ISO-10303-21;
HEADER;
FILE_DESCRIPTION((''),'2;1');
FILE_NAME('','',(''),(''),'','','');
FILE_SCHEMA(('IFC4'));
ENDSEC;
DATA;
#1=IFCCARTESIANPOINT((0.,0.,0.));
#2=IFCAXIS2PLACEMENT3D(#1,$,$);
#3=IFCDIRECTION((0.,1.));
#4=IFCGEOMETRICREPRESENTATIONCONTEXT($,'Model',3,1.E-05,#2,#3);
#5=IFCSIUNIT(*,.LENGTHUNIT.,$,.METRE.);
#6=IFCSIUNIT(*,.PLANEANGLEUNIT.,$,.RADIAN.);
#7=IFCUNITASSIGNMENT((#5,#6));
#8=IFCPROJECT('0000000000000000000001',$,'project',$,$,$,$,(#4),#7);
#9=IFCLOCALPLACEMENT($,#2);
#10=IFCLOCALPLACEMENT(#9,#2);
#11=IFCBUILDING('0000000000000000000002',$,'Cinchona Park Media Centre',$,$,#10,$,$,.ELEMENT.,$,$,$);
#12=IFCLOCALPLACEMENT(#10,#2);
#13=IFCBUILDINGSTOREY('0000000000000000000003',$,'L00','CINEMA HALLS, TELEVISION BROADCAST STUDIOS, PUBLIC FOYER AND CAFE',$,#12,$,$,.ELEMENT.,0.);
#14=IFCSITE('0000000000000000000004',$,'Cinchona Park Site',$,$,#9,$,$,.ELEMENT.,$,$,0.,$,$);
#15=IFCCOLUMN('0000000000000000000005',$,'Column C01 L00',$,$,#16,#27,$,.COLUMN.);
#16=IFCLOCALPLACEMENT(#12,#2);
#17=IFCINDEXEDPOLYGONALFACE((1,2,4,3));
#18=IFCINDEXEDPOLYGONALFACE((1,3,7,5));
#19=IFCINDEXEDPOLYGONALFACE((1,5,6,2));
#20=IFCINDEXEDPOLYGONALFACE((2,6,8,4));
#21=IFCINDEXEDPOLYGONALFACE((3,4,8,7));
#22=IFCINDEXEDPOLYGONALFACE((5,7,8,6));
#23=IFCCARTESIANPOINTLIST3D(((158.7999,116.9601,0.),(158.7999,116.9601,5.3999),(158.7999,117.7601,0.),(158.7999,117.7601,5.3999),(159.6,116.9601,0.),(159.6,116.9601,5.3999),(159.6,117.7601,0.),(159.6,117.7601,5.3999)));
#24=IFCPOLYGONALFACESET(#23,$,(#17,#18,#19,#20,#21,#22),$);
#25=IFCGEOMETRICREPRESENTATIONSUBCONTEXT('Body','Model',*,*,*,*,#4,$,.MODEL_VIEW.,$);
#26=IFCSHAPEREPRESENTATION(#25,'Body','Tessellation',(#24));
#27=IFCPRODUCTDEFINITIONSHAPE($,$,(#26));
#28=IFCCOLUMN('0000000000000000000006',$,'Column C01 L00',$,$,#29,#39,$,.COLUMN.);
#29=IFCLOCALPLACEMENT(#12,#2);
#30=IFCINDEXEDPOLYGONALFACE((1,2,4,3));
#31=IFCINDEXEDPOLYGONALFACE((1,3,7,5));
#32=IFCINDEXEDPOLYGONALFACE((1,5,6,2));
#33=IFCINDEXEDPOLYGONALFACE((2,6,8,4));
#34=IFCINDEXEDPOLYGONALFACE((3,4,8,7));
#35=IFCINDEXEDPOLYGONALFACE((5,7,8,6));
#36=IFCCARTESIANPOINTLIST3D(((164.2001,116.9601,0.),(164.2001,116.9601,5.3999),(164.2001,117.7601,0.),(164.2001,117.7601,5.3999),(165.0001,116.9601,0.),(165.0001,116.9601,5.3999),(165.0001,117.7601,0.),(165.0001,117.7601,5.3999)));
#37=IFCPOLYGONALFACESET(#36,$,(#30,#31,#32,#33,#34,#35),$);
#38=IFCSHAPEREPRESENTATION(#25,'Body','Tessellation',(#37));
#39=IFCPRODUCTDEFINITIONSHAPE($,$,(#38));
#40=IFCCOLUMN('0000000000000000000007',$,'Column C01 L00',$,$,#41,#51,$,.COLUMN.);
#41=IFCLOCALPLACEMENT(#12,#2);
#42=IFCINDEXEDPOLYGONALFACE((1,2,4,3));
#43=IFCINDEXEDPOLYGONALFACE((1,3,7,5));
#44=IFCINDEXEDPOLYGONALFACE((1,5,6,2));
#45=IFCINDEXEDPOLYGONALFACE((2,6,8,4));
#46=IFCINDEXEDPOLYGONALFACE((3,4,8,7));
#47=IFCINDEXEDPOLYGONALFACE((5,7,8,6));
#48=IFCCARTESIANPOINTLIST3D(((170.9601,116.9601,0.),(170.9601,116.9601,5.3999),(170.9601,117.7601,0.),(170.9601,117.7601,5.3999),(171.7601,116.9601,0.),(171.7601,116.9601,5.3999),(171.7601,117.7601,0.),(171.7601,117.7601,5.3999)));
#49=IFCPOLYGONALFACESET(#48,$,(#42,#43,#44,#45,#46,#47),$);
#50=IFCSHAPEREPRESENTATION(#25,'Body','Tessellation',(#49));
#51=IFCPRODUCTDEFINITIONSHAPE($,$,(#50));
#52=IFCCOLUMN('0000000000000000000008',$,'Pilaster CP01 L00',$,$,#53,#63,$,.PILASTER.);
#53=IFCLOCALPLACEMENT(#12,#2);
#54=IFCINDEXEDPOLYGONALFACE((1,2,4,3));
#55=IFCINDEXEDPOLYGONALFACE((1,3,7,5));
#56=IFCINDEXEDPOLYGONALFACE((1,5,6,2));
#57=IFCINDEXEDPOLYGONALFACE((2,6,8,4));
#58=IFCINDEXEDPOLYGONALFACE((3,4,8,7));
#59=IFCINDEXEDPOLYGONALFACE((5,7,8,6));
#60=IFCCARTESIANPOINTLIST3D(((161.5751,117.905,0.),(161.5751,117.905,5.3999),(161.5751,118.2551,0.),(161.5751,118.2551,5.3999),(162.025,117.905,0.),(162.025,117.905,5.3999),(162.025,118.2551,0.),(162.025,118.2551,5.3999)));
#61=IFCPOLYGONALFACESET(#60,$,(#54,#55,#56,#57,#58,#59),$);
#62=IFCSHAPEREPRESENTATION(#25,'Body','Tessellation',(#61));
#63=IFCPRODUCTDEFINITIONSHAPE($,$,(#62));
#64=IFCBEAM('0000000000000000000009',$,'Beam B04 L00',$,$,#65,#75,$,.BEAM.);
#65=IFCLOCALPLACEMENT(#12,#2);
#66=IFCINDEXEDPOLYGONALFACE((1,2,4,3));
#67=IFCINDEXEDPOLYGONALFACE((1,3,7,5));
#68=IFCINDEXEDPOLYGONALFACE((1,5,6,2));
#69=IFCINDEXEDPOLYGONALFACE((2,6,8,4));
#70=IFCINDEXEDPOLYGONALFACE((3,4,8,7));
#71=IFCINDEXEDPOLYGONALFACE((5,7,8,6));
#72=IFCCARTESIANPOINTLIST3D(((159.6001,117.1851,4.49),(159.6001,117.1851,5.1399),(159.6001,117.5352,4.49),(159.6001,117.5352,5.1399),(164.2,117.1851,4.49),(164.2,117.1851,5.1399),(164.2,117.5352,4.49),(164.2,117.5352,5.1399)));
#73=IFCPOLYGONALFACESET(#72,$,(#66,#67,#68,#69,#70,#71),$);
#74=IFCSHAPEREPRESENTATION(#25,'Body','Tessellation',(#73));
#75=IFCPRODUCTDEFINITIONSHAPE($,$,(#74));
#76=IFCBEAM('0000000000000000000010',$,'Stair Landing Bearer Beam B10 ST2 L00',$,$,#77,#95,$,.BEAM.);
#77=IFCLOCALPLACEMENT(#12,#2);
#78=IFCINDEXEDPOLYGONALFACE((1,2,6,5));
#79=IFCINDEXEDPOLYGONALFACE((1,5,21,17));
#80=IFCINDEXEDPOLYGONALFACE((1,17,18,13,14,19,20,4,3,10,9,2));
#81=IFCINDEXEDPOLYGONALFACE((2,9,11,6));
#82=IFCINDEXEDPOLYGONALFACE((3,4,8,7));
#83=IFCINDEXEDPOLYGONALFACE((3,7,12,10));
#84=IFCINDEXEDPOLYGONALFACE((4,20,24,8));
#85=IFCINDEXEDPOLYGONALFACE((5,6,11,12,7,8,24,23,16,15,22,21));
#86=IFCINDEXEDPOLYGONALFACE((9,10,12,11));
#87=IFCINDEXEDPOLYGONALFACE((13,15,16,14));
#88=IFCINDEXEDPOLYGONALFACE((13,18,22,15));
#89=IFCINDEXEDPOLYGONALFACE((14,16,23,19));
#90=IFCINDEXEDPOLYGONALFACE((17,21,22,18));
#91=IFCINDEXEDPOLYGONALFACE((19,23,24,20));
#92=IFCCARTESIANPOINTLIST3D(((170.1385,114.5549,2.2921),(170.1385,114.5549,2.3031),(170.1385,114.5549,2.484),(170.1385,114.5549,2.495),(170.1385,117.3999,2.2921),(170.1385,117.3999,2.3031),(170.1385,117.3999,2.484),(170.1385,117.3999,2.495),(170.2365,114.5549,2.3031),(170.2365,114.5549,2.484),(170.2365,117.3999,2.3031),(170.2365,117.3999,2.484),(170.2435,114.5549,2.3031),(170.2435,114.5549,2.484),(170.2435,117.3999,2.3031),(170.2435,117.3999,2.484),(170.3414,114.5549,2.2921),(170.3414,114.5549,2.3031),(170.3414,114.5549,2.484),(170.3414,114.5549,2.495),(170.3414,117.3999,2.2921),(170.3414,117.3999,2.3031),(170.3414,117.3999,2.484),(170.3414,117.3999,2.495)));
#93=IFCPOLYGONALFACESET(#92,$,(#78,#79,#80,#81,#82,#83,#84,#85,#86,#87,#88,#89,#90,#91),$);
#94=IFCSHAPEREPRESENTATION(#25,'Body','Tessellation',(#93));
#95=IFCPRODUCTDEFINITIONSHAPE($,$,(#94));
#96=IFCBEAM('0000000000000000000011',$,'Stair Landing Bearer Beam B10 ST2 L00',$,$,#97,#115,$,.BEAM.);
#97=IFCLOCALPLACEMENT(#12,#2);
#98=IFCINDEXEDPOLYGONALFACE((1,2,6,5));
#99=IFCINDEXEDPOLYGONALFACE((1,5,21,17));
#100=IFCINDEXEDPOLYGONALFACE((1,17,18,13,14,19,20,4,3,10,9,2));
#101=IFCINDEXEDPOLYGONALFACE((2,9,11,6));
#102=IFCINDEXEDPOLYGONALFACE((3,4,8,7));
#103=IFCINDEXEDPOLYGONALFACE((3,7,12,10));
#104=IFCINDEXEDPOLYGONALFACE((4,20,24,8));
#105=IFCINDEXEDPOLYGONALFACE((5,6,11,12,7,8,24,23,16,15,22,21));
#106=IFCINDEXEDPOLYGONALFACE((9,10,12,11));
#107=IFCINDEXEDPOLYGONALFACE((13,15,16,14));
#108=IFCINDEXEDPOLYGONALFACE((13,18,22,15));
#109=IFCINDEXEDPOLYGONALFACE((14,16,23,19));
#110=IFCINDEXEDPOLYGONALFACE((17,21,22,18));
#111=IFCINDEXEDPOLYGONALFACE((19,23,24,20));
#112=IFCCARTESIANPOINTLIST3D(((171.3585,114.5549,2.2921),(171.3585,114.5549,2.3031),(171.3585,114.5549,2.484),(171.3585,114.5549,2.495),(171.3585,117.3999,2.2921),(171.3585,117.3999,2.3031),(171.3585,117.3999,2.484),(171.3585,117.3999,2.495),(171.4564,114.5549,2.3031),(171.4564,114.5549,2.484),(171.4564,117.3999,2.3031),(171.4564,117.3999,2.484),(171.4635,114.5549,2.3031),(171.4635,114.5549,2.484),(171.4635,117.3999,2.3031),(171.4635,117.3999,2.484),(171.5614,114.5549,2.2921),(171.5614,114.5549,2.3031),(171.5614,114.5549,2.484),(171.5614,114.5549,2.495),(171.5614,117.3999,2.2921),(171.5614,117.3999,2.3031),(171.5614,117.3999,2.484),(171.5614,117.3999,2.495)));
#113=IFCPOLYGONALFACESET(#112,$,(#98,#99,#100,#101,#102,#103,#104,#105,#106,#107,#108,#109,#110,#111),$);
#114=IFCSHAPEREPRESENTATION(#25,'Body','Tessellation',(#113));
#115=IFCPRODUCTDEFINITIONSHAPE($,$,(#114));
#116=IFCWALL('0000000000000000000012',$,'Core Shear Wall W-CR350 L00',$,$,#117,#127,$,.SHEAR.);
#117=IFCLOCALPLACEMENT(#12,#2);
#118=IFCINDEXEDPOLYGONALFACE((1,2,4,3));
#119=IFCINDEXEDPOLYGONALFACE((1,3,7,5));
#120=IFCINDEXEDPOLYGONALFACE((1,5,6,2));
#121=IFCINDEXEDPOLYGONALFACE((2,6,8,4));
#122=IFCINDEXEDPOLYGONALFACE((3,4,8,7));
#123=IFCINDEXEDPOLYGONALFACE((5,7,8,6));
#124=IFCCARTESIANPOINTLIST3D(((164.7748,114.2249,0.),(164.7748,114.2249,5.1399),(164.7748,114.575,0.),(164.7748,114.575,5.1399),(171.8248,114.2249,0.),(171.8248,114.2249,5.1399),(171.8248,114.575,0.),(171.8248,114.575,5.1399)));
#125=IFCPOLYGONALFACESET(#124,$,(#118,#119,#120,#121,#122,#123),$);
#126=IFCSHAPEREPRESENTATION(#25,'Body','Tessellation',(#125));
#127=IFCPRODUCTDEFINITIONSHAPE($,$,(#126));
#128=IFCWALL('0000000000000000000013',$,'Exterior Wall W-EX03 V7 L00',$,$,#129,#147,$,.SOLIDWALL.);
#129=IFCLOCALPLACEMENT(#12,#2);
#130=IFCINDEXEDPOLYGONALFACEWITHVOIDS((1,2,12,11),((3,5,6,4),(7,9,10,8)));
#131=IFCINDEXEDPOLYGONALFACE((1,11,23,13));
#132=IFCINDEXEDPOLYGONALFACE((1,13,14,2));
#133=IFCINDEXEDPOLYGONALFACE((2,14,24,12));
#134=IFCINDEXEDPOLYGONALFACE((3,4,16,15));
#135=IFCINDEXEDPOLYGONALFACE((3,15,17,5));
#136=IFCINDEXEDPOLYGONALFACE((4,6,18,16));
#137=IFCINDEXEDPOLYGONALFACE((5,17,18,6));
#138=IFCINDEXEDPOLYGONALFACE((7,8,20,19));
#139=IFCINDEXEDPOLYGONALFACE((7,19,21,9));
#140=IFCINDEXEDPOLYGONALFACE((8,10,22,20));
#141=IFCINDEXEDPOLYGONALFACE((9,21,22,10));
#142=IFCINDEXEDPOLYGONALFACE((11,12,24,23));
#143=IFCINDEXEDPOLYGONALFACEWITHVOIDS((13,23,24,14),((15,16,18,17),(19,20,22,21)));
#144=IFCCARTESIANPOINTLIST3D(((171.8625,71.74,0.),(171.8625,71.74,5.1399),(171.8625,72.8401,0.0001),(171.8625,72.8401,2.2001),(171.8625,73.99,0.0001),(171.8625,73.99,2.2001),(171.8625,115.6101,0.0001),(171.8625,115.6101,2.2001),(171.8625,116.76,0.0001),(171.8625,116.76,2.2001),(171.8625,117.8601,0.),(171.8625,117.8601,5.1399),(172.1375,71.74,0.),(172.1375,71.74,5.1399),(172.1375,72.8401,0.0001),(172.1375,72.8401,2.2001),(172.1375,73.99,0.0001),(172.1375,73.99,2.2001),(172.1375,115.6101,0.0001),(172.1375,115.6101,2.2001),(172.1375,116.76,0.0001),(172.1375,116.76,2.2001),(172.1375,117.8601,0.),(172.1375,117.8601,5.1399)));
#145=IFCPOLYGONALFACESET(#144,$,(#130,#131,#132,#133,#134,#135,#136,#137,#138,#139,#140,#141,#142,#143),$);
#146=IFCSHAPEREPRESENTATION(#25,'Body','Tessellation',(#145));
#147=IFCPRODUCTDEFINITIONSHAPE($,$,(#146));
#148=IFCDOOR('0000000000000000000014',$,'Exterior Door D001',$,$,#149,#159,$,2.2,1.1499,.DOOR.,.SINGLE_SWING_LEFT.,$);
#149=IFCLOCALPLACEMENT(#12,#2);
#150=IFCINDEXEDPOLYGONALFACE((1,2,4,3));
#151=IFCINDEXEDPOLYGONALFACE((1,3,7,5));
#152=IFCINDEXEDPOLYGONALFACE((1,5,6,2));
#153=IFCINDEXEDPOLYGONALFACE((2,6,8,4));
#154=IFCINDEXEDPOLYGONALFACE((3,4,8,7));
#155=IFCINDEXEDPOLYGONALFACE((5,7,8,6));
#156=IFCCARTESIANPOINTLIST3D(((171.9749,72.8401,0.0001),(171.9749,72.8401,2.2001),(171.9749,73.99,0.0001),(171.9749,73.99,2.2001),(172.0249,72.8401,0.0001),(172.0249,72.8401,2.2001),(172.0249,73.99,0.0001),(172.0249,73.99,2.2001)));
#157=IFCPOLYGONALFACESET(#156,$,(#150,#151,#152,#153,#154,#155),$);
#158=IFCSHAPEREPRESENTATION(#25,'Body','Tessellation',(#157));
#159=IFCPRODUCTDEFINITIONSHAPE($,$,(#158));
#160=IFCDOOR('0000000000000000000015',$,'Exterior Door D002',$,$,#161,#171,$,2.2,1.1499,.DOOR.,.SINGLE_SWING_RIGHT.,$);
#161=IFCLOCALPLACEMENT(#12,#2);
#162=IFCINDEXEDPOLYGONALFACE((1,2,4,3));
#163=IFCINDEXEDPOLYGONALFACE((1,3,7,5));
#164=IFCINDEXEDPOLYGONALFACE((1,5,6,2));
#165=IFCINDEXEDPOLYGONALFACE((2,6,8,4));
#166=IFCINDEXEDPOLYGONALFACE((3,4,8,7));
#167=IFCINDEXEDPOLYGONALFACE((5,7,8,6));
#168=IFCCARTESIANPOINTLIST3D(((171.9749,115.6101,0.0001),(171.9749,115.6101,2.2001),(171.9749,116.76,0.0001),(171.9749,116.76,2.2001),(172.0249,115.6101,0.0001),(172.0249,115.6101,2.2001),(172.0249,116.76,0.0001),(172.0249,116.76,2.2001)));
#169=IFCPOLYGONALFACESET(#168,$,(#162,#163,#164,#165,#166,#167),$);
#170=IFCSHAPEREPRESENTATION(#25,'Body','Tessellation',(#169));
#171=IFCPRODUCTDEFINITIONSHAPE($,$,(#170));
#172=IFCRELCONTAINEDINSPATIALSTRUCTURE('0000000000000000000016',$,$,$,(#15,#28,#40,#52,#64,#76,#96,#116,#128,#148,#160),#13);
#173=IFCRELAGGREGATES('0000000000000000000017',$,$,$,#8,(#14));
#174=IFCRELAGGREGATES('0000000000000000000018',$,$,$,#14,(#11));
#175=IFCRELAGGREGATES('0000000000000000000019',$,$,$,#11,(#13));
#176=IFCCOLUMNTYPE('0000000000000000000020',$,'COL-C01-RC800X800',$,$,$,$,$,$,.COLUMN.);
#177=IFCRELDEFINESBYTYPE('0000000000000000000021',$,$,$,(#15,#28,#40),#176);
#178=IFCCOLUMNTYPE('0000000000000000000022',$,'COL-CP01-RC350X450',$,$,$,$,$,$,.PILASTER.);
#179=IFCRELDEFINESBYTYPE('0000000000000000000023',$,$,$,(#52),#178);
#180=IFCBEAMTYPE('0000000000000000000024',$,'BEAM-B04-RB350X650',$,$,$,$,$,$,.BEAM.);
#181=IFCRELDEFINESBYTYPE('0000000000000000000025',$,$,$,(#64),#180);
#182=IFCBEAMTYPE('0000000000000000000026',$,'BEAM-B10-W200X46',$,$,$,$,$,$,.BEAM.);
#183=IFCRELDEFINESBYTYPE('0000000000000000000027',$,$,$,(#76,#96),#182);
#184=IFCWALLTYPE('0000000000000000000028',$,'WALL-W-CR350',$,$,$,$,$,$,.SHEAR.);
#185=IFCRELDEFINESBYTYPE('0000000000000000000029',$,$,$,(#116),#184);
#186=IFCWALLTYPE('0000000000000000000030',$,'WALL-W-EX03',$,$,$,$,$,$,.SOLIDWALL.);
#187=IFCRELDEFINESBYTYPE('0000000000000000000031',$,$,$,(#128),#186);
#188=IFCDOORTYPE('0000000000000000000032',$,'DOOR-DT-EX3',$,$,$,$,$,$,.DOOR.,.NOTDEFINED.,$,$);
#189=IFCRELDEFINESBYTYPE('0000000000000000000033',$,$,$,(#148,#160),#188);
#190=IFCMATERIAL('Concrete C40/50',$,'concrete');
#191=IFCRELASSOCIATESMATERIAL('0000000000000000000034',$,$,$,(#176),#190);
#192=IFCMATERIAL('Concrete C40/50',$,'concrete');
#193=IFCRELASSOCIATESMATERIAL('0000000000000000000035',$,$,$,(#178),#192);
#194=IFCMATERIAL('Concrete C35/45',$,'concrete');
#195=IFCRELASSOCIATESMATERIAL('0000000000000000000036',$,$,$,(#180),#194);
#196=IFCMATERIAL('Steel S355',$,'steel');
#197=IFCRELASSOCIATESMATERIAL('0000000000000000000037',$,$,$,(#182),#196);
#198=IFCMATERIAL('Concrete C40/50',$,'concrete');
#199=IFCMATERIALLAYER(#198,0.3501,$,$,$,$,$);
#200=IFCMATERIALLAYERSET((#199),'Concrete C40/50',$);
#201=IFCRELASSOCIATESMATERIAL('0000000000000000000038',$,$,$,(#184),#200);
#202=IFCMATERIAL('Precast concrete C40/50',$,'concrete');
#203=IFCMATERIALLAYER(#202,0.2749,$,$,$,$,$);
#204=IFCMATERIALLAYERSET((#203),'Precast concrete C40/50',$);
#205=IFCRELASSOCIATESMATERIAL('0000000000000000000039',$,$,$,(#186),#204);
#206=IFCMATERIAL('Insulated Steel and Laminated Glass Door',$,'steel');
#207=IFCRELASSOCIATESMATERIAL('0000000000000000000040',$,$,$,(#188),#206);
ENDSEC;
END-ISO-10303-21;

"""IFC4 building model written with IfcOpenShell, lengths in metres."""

from ifc_helpers import new_model, si_unit, direction, frame, frame_2d, origin, origin_2d, place, context, subcontext, project, spatial, rectangle, i_section, extrude, material, layer, layer_set, material_profile, profile_set, type_object, element, fill, save


model = new_model("IFC4")

# Units and contexts
model_context = context("Model", 3, precision=1e-05, world=origin(), true_north=direction((0.0, 1.0)))
body_context = subcontext(model_context, "Body", "Model", "MODEL_VIEW")
ifc_project = project(units=[si_unit("LENGTHUNIT", "METRE"), si_unit("PLANEANGLEUNIT", "RADIAN")], contexts=[model_context])

# Site, building, storey
site_placement = place(None, origin())
site = spatial("IfcSite", under=ifc_project, at=site_placement, Name="Cinchona Park Site", CompositionType="ELEMENT", RefElevation=0.0)
building_placement = place(site_placement, origin())
building = spatial("IfcBuilding", under=site, at=building_placement, Name="Cinchona Park Media Centre", CompositionType="ELEMENT")
storey_placement = place(building_placement, origin())
storey = spatial("IfcBuildingStorey", under=building, at=storey_placement, Name="L00", Description="CINEMA HALLS, TELEVISION BROADCAST STUDIOS, PUBLIC FOYER AND CAFE", CompositionType="ELEMENT", Elevation=0.0)

# Columns
ifc_material_1 = material(Name="Concrete C40/50", Category="concrete")
ifc_material_profile_1 = material_profile(ifc_material_1, rectangle(XDim=0.8, YDim=0.8, at=origin_2d()), Name="RC 800X800")
ifc_profile_set_1 = profile_set([ifc_material_profile_1], Name="Concrete C40/50")
column_type_1 = type_object("IfcColumnType", Name="COL-C01-RC800X800", PredefinedType="COLUMN", material=ifc_profile_set_1)
for number, where, z_axis, x_axis, name in (
    (1, (159.2, 117.3601, 0.0), (0.0, 0.0, 1.0), (1.0, 0.0, 0.0), "Column C01 L00"),
    (2, (164.6001, 117.3601, 0.0), (0.0, 0.0, 1.0), (1.0, 0.0, 0.0), "Column C01 L00"),
    (3, (171.3601, 117.3601, 0.0), (0.0, 0.0, 1.0), (1.0, 0.0, 0.0), "Column C01 L00"),
):
    element("IfcColumn", number, at=place(storey_placement, frame(where, z_axis=z_axis, x_axis=x_axis)), inside=storey, type_object=column_type_1, Name=name, PredefinedType="COLUMN", context=body_context, shape_type="SweptSolid", body=[
        extrude(rectangle(XDim=0.8, YDim=0.8, at=origin_2d()), origin(), (0.0, 0.0, 1.0), 5.3999),
    ])
ifc_material_2 = material(Name="Concrete C40/50", Category="concrete")
ifc_material_profile_2 = material_profile(ifc_material_2, rectangle(XDim=0.3501, YDim=0.45, at=origin_2d()), Name="RC 350X450")
ifc_profile_set_2 = profile_set([ifc_material_profile_2], Name="Concrete C40/50")
column_type_2 = type_object("IfcColumnType", Name="COL-CP01-RC350X450", PredefinedType="PILASTER", material=ifc_profile_set_2)
column_placement = place(storey_placement, frame((161.8, 118.0801, 0.0), z_axis=(0.0, 0.0, 1.0), x_axis=(0.0, 1.0, 0.0)))
element("IfcColumn", 4, at=column_placement, inside=storey, type_object=column_type_2, Name="Pilaster CP01 L00", PredefinedType="PILASTER", context=body_context, shape_type="SweptSolid", body=[
    extrude(rectangle(XDim=0.3501, YDim=0.45, at=origin_2d()), origin(), (0.0, 0.0, 1.0), 5.3999),
])

# Beams
ifc_material_3 = material(Name="Concrete C35/45", Category="concrete")
ifc_material_profile_3 = material_profile(ifc_material_3, rectangle(XDim=0.3501, YDim=0.6499, at=origin_2d()), Name="RB 350X650")
ifc_profile_set_3 = profile_set([ifc_material_profile_3], Name="Concrete C35/45")
beam_type_1 = type_object("IfcBeamType", Name="BEAM-B04-RB350X650", PredefinedType="BEAM", material=ifc_profile_set_3)
beam_placement = place(storey_placement, frame((159.6001, 117.3601, 4.8149), z_axis=(1.0, 0.0, 0.0), x_axis=(0.0, 1.0, 0.0)))
element("IfcBeam", 5, at=beam_placement, inside=storey, type_object=beam_type_1, Name="Beam B04 L00", PredefinedType="BEAM", context=body_context, shape_type="SweptSolid", body=[
    extrude(rectangle(XDim=0.3501, YDim=0.6499, at=origin_2d()), origin(), (0.0, 0.0, 1.0), 4.5999),
])
ifc_material_4 = material(Name="Steel S355", Category="steel")
ifc_material_profile_4 = material_profile(ifc_material_4, i_section(OverallWidth=0.2029, OverallDepth=0.2029, WebThickness=0.0071, FlangeThickness=0.011, at=origin_2d()), Name="W200X46")
ifc_profile_set_4 = profile_set([ifc_material_profile_4], Name="Steel S355")
beam_type_2 = type_object("IfcBeamType", Name="BEAM-B10-W200X46", PredefinedType="BEAM", material=ifc_profile_set_4)
for number, where, z_axis, x_axis, name in (
    (6, (170.24, 114.5549, 2.3936), (0.0, 1.0, 0.0), (-1.0, 0.0, 0.0), "Stair Landing Bearer Beam B10 ST2 L00"),
    (7, (171.46, 114.5549, 2.3936), (0.0, 1.0, 0.0), (-1.0, 0.0, 0.0), "Stair Landing Bearer Beam B10 ST2 L00"),
):
    element("IfcBeam", number, at=place(storey_placement, frame(where, z_axis=z_axis, x_axis=x_axis)), inside=storey, type_object=beam_type_2, Name=name, PredefinedType="BEAM", context=body_context, shape_type="SweptSolid", body=[
        extrude(i_section(OverallWidth=0.2029, OverallDepth=0.2029, WebThickness=0.0071, FlangeThickness=0.011, at=origin_2d()), origin(), (0.0, 0.0, 1.0), 2.845),
    ])

# Wall
ifc_material_5 = material(Name="Concrete C40/50", Category="concrete")
ifc_layer_1 = layer(ifc_material_5, 0.3501)
ifc_layer_set_1 = layer_set([ifc_layer_1], Name="Concrete C40/50")
wall_type_1 = type_object("IfcWallType", Name="WALL-W-CR350", PredefinedType="SHEAR", material=ifc_layer_set_1)
wall_1_placement = place(storey_placement, frame((164.7749, 114.3999, 0.0), z_axis=(0.0, 0.0, 1.0), x_axis=(1.0, 0.0, 0.0)))
element("IfcWall", 8, at=wall_1_placement, inside=storey, type_object=wall_type_1, Name="Core Shear Wall W-CR350 L00", PredefinedType="SHEAR", context=body_context, shape_type="SweptSolid", body=[
    extrude(rectangle(XDim=7.05, YDim=0.3501, at=frame_2d((3.5249, 0.0))), origin(), (0.0, 0.0, 1.0), 5.1399),
])

# Wall, openings, doors
ifc_material_6 = material(Name="Precast concrete C40/50", Category="concrete")
ifc_layer_2 = layer(ifc_material_6, 0.2749)
ifc_layer_set_2 = layer_set([ifc_layer_2], Name="Precast concrete C40/50")
wall_type_2 = type_object("IfcWallType", Name="WALL-W-EX03", PredefinedType="SOLIDWALL", material=ifc_layer_set_2)
wall_2_placement = place(storey_placement, frame((172.0, 117.8601, 0.0), z_axis=(0.0, 0.0, 1.0), x_axis=(0.0, -1.0, 0.0)))
wall_2 = element("IfcWall", 9, at=wall_2_placement, inside=storey, type_object=wall_type_2, Name="Exterior Wall W-EX03 V7 L00", PredefinedType="SOLIDWALL", context=body_context, shape_type="SweptSolid", body=[
    extrude(rectangle(XDim=46.1201, YDim=0.2749, at=frame_2d((23.0601, 0.0))), origin(), (0.0, 0.0, 1.0), 5.1399),
])
opening_1_placement = place(wall_2_placement, frame((43.8701, 0.0, 0.0)))
opening_1 = element("IfcOpeningElement", 10, at=opening_1_placement, cuts=wall_2, PredefinedType="OPENING", context=body_context, shape_type="SweptSolid", body=[
    extrude(rectangle(XDim=1.1499, YDim=2.2, at=frame_2d((0.575, 1.1001))), frame((0.0, 0.1475, 0.0), z_axis=(0.0, -1.0, 0.0), x_axis=(1.0, 0.0, 0.0)), (0.0, 0.0, 1.0), 0.2949),
])
opening_2_placement = place(wall_2_placement, frame((1.1001, 0.0, 0.0)))
opening_2 = element("IfcOpeningElement", 11, at=opening_2_placement, cuts=wall_2, PredefinedType="OPENING", context=body_context, shape_type="SweptSolid", body=[
    extrude(rectangle(XDim=1.1499, YDim=2.2, at=frame_2d((0.575, 1.1001))), frame((0.0, 0.1475, 0.0), z_axis=(0.0, -1.0, 0.0), x_axis=(1.0, 0.0, 0.0)), (0.0, 0.0, 1.0), 0.2949),
])
ifc_material_7 = material(Name="Insulated Steel and Laminated Glass Door", Category="steel")
door_type_1 = type_object("IfcDoorType", Name="DOOR-DT-EX3", OperationType="NOTDEFINED", PredefinedType="DOOR", material=ifc_material_7)
door_1_placement = place(opening_1_placement, origin())
door_1 = element("IfcDoor", 12, at=door_1_placement, inside=storey, type_object=door_type_1, Name="Exterior Door D001", OperationType="SINGLE_SWING_LEFT", OverallHeight=2.2, OverallWidth=1.1499, PredefinedType="DOOR", context=body_context, shape_type="SweptSolid", body=[
    extrude(rectangle(XDim=1.1499, YDim=2.2, at=frame_2d((0.575, 1.1001))), frame((0.0, 0.0249, 0.0), z_axis=(0.0, -1.0, 0.0), x_axis=(1.0, 0.0, 0.0)), (0.0, 0.0, 1.0), 0.05),
])
fill(opening_1, door_1)
door_2_placement = place(opening_2_placement, origin())
door_2 = element("IfcDoor", 13, at=door_2_placement, inside=storey, type_object=door_type_1, Name="Exterior Door D002", OperationType="SINGLE_SWING_RIGHT", OverallHeight=2.2, OverallWidth=1.1499, PredefinedType="DOOR", context=body_context, shape_type="SweptSolid", body=[
    extrude(rectangle(XDim=1.1499, YDim=2.2, at=frame_2d((0.575, 1.1001))), frame((0.0, 0.0249, 0.0), z_axis=(0.0, -1.0, 0.0), x_axis=(1.0, 0.0, 0.0)), (0.0, 0.0, 1.0), 0.05),
])
fill(opening_2, door_2)

save(model, "model.ifc")
